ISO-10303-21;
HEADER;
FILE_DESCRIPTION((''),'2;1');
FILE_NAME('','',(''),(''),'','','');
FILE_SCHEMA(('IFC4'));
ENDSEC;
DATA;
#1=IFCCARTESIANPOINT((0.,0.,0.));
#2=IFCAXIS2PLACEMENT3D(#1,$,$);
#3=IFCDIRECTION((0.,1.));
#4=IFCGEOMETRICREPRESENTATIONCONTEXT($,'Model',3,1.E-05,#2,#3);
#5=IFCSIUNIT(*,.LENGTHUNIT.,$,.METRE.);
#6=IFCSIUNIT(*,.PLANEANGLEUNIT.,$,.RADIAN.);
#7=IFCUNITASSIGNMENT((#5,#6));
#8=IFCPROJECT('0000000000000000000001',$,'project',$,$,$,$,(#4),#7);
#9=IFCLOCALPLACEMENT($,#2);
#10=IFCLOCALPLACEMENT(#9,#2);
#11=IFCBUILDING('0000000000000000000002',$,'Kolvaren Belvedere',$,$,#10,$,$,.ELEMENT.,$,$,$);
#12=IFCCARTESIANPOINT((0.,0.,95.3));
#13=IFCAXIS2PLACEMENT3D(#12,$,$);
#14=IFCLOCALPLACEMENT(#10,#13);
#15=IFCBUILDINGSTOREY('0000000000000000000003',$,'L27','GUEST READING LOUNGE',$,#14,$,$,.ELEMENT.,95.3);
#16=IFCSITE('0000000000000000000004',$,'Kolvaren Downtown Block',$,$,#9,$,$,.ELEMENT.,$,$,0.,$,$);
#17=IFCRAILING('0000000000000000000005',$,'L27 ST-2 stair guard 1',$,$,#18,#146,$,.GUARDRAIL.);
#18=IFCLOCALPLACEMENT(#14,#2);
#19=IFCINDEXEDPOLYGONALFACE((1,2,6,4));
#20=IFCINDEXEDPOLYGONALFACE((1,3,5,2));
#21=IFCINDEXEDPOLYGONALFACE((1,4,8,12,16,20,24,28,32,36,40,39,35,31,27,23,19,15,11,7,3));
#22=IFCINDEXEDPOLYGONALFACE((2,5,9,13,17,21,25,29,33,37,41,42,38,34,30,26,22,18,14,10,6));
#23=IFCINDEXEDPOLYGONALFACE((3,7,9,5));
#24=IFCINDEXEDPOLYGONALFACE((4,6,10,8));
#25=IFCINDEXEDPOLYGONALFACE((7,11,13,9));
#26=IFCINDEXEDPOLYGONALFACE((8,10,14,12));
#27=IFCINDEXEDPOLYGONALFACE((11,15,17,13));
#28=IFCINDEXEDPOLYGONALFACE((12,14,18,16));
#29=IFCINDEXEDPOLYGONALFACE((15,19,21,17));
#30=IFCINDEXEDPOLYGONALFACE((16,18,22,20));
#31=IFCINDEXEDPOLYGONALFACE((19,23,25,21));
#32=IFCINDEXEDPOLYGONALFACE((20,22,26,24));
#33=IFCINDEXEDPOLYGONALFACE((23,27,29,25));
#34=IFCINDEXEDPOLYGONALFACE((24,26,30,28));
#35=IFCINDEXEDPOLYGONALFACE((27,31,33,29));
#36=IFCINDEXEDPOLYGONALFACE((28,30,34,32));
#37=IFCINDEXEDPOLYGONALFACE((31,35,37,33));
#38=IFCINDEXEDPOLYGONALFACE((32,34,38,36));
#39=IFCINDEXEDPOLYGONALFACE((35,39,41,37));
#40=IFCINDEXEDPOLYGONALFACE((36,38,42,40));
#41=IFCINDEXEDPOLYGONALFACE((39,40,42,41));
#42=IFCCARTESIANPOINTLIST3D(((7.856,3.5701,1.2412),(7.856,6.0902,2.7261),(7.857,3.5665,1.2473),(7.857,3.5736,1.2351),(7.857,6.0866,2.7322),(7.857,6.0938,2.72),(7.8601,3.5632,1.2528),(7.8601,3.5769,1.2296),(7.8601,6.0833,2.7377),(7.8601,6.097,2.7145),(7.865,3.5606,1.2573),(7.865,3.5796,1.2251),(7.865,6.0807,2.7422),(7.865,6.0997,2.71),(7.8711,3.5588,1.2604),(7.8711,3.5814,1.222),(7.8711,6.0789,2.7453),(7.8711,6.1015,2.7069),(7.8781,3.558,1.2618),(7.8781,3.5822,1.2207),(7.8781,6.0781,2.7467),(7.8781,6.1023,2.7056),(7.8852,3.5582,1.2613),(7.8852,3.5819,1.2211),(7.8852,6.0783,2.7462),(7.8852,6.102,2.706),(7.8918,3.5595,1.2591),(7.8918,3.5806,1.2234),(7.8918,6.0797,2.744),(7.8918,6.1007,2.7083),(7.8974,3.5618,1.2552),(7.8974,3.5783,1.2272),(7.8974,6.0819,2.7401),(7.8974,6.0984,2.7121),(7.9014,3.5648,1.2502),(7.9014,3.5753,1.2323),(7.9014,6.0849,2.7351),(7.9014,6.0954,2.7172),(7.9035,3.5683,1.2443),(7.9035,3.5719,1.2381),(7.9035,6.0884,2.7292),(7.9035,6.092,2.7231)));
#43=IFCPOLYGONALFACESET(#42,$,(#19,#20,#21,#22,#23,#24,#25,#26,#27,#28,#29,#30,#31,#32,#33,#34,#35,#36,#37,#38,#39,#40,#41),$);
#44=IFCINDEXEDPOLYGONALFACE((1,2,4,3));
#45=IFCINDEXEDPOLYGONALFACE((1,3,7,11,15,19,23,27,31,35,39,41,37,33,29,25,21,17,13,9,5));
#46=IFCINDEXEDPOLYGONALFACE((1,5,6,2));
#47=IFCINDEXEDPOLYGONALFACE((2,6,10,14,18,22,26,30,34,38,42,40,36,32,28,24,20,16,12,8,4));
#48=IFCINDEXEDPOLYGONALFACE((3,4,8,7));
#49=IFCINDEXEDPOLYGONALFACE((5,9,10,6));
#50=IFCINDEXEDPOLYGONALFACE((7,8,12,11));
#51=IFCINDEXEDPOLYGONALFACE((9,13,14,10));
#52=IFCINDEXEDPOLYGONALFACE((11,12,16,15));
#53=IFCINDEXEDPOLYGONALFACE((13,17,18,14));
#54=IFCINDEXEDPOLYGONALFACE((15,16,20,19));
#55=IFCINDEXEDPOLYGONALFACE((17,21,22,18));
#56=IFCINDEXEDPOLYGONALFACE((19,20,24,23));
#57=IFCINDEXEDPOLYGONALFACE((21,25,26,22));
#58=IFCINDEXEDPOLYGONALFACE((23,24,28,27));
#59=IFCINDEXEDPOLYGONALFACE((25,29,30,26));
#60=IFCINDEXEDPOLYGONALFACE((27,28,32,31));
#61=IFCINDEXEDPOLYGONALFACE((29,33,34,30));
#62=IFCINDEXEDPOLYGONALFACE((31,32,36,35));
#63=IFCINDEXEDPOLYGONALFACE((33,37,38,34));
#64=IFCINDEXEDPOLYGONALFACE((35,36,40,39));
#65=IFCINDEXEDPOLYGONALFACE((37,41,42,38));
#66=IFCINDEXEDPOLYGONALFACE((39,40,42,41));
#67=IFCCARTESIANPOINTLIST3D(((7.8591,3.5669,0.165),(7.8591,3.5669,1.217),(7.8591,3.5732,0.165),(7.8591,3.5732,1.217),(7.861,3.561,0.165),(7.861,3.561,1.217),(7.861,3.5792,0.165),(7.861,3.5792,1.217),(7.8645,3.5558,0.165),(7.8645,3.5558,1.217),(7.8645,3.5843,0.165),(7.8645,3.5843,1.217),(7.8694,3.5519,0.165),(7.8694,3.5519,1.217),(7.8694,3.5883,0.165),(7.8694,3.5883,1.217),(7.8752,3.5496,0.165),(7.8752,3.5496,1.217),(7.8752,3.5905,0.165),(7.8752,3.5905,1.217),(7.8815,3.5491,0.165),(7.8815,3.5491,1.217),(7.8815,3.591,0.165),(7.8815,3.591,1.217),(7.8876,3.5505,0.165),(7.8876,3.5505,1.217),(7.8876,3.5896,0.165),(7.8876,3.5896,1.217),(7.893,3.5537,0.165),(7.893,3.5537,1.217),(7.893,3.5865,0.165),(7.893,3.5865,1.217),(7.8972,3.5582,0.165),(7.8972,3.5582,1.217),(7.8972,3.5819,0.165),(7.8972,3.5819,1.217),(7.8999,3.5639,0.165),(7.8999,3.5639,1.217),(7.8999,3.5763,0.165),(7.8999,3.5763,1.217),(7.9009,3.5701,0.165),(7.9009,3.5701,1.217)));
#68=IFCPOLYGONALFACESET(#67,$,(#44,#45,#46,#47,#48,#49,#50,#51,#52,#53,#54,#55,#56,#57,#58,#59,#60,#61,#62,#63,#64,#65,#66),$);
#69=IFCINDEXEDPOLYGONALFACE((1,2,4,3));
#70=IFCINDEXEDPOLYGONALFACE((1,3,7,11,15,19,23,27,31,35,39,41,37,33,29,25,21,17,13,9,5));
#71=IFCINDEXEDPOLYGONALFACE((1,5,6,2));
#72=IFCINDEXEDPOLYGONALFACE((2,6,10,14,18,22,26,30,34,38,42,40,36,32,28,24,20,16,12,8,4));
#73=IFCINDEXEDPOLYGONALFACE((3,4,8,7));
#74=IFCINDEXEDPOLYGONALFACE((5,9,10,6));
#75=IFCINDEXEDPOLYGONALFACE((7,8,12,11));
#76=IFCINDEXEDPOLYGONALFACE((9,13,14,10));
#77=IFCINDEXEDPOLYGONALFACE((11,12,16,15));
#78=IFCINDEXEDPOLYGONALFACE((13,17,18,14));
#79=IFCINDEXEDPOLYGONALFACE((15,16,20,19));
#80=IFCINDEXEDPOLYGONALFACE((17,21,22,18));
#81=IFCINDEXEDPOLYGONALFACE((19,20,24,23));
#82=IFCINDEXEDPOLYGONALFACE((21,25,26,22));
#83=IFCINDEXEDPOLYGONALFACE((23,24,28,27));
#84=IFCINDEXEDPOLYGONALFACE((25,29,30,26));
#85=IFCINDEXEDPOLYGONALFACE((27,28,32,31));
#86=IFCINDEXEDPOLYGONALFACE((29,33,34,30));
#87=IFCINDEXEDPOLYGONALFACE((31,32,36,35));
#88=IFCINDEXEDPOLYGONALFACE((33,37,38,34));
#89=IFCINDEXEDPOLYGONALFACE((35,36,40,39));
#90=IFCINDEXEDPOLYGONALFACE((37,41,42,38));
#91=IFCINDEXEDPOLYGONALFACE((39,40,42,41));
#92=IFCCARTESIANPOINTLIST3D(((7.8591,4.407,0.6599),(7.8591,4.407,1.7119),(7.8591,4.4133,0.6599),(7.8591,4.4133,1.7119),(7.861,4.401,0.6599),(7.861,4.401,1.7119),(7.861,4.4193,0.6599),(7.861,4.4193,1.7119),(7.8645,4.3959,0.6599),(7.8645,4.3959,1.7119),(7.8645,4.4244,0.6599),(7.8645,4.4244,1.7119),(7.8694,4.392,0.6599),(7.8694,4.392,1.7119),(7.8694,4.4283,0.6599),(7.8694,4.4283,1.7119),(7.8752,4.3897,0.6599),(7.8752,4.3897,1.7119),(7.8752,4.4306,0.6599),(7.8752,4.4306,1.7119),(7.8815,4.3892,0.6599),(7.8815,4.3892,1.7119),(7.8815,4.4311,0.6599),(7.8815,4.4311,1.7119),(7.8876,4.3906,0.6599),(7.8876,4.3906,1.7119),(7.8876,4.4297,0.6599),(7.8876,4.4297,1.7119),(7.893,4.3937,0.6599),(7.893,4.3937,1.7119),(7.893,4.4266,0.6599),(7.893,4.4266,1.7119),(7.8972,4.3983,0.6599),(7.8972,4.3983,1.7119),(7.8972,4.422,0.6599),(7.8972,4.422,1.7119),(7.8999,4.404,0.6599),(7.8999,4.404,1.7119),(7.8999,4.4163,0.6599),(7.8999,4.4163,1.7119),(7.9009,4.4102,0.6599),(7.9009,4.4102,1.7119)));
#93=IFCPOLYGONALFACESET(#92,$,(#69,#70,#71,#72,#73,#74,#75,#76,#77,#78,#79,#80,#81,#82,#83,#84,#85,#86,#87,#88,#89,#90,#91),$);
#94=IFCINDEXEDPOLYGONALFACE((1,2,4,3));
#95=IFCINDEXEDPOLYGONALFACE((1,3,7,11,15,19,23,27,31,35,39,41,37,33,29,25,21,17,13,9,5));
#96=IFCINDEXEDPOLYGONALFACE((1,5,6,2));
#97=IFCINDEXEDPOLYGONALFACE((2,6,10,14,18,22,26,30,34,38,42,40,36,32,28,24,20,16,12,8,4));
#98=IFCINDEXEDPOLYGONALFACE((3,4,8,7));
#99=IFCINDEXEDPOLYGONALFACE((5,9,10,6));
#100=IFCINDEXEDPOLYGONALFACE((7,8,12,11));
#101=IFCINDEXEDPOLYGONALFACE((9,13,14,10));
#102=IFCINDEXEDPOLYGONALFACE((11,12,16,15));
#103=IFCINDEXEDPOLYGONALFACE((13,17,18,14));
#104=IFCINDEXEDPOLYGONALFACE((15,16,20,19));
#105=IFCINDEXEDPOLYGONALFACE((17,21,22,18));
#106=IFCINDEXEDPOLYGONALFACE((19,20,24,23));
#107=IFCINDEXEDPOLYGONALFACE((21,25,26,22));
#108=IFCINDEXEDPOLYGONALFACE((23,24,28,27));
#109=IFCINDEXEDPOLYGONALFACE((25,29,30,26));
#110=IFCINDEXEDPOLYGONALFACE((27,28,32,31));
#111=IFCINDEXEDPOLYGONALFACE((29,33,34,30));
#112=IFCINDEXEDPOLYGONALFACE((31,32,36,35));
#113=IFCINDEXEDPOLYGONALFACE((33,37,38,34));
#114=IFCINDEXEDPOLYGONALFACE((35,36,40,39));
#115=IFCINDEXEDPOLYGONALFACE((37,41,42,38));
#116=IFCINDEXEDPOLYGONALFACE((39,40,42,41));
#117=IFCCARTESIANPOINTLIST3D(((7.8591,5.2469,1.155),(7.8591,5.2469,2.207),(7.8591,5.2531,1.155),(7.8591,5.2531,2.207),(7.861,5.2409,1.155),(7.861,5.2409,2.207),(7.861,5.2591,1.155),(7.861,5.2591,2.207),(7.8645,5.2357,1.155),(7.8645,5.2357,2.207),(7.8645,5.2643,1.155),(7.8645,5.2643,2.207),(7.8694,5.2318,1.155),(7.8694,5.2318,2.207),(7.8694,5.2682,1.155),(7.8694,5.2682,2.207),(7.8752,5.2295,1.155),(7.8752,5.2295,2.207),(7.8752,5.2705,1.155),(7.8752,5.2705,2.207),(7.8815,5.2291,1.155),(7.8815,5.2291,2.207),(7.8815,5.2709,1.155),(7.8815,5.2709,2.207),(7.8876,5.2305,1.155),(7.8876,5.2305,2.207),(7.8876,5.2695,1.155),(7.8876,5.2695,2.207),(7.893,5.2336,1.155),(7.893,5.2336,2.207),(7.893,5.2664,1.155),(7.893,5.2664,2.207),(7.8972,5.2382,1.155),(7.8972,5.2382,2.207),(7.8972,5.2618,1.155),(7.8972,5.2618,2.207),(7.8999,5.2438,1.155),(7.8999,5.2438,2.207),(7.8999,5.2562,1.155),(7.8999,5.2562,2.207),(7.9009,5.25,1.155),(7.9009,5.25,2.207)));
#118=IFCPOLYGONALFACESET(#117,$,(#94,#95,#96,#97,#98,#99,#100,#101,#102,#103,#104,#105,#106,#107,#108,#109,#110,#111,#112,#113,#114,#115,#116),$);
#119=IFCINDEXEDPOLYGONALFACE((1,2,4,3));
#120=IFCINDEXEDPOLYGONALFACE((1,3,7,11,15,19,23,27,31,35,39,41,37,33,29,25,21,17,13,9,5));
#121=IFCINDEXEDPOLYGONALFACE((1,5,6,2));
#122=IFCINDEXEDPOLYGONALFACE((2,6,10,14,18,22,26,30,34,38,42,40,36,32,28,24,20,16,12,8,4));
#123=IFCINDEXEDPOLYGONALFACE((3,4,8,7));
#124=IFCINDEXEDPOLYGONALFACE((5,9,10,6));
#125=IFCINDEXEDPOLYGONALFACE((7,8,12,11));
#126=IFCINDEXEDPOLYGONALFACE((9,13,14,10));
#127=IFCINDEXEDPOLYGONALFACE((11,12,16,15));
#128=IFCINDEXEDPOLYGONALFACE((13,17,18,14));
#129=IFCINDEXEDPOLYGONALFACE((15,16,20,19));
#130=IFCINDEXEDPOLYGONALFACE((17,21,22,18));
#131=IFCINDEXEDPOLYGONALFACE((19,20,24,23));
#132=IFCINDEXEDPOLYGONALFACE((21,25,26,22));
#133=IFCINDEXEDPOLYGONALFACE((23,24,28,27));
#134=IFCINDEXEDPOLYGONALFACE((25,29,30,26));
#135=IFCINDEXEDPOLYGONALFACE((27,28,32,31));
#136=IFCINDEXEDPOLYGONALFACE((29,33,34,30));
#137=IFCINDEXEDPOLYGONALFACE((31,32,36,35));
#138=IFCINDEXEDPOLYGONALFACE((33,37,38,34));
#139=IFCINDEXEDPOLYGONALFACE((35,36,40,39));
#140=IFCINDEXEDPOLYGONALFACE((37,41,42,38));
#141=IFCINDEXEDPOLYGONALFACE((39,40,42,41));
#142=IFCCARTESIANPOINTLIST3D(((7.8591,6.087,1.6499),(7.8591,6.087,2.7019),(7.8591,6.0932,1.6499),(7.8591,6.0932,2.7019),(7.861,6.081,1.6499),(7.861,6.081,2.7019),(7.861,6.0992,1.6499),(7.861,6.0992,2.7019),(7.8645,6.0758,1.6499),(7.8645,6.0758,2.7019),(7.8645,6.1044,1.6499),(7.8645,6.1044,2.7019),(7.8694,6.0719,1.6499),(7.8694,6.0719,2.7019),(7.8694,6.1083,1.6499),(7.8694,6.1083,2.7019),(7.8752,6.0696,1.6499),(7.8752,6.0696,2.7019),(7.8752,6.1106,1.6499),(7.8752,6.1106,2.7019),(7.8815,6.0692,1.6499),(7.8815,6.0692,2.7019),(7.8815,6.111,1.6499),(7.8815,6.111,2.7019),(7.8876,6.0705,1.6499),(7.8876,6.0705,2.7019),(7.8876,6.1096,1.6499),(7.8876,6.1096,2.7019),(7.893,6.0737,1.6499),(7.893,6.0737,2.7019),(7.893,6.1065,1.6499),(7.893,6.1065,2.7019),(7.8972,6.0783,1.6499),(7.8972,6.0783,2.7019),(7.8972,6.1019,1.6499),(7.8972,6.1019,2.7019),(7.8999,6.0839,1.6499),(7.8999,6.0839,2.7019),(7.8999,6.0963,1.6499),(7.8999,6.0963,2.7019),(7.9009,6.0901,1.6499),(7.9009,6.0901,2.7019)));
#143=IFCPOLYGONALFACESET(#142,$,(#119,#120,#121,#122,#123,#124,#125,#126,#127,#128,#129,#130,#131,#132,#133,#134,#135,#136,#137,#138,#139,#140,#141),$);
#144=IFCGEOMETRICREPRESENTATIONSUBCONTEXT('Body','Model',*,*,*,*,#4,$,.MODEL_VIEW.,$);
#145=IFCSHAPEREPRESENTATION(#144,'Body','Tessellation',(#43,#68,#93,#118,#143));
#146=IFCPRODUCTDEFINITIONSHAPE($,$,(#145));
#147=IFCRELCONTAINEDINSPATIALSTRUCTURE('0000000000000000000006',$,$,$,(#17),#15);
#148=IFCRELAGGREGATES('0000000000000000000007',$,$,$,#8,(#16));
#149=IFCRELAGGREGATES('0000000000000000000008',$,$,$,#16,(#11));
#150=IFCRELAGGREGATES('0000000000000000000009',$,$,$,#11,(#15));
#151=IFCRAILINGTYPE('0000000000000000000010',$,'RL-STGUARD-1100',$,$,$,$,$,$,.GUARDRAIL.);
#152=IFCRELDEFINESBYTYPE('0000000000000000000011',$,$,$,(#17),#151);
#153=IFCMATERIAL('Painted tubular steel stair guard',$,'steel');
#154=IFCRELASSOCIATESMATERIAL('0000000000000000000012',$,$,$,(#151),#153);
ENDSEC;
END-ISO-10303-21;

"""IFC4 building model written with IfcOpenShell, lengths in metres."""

from ifc_helpers import new_model, si_unit, direction, frame, origin, origin_2d, place, context, subcontext, project, spatial, circle, extrude, material, type_object, element, save


model = new_model("IFC4")

# Units and contexts
model_context = context("Model", 3, precision=1e-05, world=origin(), true_north=direction((0.0, 1.0)))
body_context = subcontext(model_context, "Body", "Model", "MODEL_VIEW")
ifc_project = project(units=[si_unit("LENGTHUNIT", "METRE"), si_unit("PLANEANGLEUNIT", "RADIAN")], contexts=[model_context])

# Site, building, storey
site_placement = place(None, origin())
site = spatial("IfcSite", under=ifc_project, at=site_placement, Name="Kolvaren Downtown Block", CompositionType="ELEMENT", RefElevation=0.0)
building_placement = place(site_placement, origin())
building = spatial("IfcBuilding", under=site, at=building_placement, Name="Kolvaren Belvedere", CompositionType="ELEMENT")
storey_placement = place(building_placement, frame((0.0, 0.0, 95.3)))
storey = spatial("IfcBuildingStorey", under=building, at=storey_placement, Name="L27", Description="GUEST READING LOUNGE", CompositionType="ELEMENT", Elevation=95.3)

# Railing
ifc_material_1 = material(Name="Painted tubular steel stair guard", Category="steel")
railing_type_1 = type_object("IfcRailingType", Name="RL-STGUARD-1100", PredefinedType="GUARDRAIL", material=ifc_material_1)
railing_1_placement = place(storey_placement, frame((7.8799, 3.5701, 0.165)))
element("IfcRailing", 1, at=railing_1_placement, inside=storey, type_object=railing_type_1, Name="L27 ST-2 stair guard 1", PredefinedType="GUARDRAIL", context=body_context, shape_type="SweptSolid", body=[
    extrude(circle(Radius=0.0239, at=origin_2d()), frame((0.0, 0.0, 1.0762), z_axis=(0.0, 0.861561, 0.507655), x_axis=(-1.0, 0.0, 0.0)), (0.0, 0.0, 1.0), 2.925),
    extrude(circle(Radius=0.021, at=origin_2d()), origin(), (0.0, 0.0, 1.0), 1.052),
    extrude(circle(Radius=0.021, at=origin_2d()), frame((0.0, 0.8401, 0.4949)), (0.0, 0.0, 1.0), 1.052),
    extrude(circle(Radius=0.021, at=origin_2d()), frame((0.0, 1.6799, 0.99)), (0.0, 0.0, 1.0), 1.052),
    extrude(circle(Radius=0.021, at=origin_2d()), frame((0.0, 2.52, 1.4849)), (0.0, 0.0, 1.0), 1.052),
])

save(model, "model.ifc")
